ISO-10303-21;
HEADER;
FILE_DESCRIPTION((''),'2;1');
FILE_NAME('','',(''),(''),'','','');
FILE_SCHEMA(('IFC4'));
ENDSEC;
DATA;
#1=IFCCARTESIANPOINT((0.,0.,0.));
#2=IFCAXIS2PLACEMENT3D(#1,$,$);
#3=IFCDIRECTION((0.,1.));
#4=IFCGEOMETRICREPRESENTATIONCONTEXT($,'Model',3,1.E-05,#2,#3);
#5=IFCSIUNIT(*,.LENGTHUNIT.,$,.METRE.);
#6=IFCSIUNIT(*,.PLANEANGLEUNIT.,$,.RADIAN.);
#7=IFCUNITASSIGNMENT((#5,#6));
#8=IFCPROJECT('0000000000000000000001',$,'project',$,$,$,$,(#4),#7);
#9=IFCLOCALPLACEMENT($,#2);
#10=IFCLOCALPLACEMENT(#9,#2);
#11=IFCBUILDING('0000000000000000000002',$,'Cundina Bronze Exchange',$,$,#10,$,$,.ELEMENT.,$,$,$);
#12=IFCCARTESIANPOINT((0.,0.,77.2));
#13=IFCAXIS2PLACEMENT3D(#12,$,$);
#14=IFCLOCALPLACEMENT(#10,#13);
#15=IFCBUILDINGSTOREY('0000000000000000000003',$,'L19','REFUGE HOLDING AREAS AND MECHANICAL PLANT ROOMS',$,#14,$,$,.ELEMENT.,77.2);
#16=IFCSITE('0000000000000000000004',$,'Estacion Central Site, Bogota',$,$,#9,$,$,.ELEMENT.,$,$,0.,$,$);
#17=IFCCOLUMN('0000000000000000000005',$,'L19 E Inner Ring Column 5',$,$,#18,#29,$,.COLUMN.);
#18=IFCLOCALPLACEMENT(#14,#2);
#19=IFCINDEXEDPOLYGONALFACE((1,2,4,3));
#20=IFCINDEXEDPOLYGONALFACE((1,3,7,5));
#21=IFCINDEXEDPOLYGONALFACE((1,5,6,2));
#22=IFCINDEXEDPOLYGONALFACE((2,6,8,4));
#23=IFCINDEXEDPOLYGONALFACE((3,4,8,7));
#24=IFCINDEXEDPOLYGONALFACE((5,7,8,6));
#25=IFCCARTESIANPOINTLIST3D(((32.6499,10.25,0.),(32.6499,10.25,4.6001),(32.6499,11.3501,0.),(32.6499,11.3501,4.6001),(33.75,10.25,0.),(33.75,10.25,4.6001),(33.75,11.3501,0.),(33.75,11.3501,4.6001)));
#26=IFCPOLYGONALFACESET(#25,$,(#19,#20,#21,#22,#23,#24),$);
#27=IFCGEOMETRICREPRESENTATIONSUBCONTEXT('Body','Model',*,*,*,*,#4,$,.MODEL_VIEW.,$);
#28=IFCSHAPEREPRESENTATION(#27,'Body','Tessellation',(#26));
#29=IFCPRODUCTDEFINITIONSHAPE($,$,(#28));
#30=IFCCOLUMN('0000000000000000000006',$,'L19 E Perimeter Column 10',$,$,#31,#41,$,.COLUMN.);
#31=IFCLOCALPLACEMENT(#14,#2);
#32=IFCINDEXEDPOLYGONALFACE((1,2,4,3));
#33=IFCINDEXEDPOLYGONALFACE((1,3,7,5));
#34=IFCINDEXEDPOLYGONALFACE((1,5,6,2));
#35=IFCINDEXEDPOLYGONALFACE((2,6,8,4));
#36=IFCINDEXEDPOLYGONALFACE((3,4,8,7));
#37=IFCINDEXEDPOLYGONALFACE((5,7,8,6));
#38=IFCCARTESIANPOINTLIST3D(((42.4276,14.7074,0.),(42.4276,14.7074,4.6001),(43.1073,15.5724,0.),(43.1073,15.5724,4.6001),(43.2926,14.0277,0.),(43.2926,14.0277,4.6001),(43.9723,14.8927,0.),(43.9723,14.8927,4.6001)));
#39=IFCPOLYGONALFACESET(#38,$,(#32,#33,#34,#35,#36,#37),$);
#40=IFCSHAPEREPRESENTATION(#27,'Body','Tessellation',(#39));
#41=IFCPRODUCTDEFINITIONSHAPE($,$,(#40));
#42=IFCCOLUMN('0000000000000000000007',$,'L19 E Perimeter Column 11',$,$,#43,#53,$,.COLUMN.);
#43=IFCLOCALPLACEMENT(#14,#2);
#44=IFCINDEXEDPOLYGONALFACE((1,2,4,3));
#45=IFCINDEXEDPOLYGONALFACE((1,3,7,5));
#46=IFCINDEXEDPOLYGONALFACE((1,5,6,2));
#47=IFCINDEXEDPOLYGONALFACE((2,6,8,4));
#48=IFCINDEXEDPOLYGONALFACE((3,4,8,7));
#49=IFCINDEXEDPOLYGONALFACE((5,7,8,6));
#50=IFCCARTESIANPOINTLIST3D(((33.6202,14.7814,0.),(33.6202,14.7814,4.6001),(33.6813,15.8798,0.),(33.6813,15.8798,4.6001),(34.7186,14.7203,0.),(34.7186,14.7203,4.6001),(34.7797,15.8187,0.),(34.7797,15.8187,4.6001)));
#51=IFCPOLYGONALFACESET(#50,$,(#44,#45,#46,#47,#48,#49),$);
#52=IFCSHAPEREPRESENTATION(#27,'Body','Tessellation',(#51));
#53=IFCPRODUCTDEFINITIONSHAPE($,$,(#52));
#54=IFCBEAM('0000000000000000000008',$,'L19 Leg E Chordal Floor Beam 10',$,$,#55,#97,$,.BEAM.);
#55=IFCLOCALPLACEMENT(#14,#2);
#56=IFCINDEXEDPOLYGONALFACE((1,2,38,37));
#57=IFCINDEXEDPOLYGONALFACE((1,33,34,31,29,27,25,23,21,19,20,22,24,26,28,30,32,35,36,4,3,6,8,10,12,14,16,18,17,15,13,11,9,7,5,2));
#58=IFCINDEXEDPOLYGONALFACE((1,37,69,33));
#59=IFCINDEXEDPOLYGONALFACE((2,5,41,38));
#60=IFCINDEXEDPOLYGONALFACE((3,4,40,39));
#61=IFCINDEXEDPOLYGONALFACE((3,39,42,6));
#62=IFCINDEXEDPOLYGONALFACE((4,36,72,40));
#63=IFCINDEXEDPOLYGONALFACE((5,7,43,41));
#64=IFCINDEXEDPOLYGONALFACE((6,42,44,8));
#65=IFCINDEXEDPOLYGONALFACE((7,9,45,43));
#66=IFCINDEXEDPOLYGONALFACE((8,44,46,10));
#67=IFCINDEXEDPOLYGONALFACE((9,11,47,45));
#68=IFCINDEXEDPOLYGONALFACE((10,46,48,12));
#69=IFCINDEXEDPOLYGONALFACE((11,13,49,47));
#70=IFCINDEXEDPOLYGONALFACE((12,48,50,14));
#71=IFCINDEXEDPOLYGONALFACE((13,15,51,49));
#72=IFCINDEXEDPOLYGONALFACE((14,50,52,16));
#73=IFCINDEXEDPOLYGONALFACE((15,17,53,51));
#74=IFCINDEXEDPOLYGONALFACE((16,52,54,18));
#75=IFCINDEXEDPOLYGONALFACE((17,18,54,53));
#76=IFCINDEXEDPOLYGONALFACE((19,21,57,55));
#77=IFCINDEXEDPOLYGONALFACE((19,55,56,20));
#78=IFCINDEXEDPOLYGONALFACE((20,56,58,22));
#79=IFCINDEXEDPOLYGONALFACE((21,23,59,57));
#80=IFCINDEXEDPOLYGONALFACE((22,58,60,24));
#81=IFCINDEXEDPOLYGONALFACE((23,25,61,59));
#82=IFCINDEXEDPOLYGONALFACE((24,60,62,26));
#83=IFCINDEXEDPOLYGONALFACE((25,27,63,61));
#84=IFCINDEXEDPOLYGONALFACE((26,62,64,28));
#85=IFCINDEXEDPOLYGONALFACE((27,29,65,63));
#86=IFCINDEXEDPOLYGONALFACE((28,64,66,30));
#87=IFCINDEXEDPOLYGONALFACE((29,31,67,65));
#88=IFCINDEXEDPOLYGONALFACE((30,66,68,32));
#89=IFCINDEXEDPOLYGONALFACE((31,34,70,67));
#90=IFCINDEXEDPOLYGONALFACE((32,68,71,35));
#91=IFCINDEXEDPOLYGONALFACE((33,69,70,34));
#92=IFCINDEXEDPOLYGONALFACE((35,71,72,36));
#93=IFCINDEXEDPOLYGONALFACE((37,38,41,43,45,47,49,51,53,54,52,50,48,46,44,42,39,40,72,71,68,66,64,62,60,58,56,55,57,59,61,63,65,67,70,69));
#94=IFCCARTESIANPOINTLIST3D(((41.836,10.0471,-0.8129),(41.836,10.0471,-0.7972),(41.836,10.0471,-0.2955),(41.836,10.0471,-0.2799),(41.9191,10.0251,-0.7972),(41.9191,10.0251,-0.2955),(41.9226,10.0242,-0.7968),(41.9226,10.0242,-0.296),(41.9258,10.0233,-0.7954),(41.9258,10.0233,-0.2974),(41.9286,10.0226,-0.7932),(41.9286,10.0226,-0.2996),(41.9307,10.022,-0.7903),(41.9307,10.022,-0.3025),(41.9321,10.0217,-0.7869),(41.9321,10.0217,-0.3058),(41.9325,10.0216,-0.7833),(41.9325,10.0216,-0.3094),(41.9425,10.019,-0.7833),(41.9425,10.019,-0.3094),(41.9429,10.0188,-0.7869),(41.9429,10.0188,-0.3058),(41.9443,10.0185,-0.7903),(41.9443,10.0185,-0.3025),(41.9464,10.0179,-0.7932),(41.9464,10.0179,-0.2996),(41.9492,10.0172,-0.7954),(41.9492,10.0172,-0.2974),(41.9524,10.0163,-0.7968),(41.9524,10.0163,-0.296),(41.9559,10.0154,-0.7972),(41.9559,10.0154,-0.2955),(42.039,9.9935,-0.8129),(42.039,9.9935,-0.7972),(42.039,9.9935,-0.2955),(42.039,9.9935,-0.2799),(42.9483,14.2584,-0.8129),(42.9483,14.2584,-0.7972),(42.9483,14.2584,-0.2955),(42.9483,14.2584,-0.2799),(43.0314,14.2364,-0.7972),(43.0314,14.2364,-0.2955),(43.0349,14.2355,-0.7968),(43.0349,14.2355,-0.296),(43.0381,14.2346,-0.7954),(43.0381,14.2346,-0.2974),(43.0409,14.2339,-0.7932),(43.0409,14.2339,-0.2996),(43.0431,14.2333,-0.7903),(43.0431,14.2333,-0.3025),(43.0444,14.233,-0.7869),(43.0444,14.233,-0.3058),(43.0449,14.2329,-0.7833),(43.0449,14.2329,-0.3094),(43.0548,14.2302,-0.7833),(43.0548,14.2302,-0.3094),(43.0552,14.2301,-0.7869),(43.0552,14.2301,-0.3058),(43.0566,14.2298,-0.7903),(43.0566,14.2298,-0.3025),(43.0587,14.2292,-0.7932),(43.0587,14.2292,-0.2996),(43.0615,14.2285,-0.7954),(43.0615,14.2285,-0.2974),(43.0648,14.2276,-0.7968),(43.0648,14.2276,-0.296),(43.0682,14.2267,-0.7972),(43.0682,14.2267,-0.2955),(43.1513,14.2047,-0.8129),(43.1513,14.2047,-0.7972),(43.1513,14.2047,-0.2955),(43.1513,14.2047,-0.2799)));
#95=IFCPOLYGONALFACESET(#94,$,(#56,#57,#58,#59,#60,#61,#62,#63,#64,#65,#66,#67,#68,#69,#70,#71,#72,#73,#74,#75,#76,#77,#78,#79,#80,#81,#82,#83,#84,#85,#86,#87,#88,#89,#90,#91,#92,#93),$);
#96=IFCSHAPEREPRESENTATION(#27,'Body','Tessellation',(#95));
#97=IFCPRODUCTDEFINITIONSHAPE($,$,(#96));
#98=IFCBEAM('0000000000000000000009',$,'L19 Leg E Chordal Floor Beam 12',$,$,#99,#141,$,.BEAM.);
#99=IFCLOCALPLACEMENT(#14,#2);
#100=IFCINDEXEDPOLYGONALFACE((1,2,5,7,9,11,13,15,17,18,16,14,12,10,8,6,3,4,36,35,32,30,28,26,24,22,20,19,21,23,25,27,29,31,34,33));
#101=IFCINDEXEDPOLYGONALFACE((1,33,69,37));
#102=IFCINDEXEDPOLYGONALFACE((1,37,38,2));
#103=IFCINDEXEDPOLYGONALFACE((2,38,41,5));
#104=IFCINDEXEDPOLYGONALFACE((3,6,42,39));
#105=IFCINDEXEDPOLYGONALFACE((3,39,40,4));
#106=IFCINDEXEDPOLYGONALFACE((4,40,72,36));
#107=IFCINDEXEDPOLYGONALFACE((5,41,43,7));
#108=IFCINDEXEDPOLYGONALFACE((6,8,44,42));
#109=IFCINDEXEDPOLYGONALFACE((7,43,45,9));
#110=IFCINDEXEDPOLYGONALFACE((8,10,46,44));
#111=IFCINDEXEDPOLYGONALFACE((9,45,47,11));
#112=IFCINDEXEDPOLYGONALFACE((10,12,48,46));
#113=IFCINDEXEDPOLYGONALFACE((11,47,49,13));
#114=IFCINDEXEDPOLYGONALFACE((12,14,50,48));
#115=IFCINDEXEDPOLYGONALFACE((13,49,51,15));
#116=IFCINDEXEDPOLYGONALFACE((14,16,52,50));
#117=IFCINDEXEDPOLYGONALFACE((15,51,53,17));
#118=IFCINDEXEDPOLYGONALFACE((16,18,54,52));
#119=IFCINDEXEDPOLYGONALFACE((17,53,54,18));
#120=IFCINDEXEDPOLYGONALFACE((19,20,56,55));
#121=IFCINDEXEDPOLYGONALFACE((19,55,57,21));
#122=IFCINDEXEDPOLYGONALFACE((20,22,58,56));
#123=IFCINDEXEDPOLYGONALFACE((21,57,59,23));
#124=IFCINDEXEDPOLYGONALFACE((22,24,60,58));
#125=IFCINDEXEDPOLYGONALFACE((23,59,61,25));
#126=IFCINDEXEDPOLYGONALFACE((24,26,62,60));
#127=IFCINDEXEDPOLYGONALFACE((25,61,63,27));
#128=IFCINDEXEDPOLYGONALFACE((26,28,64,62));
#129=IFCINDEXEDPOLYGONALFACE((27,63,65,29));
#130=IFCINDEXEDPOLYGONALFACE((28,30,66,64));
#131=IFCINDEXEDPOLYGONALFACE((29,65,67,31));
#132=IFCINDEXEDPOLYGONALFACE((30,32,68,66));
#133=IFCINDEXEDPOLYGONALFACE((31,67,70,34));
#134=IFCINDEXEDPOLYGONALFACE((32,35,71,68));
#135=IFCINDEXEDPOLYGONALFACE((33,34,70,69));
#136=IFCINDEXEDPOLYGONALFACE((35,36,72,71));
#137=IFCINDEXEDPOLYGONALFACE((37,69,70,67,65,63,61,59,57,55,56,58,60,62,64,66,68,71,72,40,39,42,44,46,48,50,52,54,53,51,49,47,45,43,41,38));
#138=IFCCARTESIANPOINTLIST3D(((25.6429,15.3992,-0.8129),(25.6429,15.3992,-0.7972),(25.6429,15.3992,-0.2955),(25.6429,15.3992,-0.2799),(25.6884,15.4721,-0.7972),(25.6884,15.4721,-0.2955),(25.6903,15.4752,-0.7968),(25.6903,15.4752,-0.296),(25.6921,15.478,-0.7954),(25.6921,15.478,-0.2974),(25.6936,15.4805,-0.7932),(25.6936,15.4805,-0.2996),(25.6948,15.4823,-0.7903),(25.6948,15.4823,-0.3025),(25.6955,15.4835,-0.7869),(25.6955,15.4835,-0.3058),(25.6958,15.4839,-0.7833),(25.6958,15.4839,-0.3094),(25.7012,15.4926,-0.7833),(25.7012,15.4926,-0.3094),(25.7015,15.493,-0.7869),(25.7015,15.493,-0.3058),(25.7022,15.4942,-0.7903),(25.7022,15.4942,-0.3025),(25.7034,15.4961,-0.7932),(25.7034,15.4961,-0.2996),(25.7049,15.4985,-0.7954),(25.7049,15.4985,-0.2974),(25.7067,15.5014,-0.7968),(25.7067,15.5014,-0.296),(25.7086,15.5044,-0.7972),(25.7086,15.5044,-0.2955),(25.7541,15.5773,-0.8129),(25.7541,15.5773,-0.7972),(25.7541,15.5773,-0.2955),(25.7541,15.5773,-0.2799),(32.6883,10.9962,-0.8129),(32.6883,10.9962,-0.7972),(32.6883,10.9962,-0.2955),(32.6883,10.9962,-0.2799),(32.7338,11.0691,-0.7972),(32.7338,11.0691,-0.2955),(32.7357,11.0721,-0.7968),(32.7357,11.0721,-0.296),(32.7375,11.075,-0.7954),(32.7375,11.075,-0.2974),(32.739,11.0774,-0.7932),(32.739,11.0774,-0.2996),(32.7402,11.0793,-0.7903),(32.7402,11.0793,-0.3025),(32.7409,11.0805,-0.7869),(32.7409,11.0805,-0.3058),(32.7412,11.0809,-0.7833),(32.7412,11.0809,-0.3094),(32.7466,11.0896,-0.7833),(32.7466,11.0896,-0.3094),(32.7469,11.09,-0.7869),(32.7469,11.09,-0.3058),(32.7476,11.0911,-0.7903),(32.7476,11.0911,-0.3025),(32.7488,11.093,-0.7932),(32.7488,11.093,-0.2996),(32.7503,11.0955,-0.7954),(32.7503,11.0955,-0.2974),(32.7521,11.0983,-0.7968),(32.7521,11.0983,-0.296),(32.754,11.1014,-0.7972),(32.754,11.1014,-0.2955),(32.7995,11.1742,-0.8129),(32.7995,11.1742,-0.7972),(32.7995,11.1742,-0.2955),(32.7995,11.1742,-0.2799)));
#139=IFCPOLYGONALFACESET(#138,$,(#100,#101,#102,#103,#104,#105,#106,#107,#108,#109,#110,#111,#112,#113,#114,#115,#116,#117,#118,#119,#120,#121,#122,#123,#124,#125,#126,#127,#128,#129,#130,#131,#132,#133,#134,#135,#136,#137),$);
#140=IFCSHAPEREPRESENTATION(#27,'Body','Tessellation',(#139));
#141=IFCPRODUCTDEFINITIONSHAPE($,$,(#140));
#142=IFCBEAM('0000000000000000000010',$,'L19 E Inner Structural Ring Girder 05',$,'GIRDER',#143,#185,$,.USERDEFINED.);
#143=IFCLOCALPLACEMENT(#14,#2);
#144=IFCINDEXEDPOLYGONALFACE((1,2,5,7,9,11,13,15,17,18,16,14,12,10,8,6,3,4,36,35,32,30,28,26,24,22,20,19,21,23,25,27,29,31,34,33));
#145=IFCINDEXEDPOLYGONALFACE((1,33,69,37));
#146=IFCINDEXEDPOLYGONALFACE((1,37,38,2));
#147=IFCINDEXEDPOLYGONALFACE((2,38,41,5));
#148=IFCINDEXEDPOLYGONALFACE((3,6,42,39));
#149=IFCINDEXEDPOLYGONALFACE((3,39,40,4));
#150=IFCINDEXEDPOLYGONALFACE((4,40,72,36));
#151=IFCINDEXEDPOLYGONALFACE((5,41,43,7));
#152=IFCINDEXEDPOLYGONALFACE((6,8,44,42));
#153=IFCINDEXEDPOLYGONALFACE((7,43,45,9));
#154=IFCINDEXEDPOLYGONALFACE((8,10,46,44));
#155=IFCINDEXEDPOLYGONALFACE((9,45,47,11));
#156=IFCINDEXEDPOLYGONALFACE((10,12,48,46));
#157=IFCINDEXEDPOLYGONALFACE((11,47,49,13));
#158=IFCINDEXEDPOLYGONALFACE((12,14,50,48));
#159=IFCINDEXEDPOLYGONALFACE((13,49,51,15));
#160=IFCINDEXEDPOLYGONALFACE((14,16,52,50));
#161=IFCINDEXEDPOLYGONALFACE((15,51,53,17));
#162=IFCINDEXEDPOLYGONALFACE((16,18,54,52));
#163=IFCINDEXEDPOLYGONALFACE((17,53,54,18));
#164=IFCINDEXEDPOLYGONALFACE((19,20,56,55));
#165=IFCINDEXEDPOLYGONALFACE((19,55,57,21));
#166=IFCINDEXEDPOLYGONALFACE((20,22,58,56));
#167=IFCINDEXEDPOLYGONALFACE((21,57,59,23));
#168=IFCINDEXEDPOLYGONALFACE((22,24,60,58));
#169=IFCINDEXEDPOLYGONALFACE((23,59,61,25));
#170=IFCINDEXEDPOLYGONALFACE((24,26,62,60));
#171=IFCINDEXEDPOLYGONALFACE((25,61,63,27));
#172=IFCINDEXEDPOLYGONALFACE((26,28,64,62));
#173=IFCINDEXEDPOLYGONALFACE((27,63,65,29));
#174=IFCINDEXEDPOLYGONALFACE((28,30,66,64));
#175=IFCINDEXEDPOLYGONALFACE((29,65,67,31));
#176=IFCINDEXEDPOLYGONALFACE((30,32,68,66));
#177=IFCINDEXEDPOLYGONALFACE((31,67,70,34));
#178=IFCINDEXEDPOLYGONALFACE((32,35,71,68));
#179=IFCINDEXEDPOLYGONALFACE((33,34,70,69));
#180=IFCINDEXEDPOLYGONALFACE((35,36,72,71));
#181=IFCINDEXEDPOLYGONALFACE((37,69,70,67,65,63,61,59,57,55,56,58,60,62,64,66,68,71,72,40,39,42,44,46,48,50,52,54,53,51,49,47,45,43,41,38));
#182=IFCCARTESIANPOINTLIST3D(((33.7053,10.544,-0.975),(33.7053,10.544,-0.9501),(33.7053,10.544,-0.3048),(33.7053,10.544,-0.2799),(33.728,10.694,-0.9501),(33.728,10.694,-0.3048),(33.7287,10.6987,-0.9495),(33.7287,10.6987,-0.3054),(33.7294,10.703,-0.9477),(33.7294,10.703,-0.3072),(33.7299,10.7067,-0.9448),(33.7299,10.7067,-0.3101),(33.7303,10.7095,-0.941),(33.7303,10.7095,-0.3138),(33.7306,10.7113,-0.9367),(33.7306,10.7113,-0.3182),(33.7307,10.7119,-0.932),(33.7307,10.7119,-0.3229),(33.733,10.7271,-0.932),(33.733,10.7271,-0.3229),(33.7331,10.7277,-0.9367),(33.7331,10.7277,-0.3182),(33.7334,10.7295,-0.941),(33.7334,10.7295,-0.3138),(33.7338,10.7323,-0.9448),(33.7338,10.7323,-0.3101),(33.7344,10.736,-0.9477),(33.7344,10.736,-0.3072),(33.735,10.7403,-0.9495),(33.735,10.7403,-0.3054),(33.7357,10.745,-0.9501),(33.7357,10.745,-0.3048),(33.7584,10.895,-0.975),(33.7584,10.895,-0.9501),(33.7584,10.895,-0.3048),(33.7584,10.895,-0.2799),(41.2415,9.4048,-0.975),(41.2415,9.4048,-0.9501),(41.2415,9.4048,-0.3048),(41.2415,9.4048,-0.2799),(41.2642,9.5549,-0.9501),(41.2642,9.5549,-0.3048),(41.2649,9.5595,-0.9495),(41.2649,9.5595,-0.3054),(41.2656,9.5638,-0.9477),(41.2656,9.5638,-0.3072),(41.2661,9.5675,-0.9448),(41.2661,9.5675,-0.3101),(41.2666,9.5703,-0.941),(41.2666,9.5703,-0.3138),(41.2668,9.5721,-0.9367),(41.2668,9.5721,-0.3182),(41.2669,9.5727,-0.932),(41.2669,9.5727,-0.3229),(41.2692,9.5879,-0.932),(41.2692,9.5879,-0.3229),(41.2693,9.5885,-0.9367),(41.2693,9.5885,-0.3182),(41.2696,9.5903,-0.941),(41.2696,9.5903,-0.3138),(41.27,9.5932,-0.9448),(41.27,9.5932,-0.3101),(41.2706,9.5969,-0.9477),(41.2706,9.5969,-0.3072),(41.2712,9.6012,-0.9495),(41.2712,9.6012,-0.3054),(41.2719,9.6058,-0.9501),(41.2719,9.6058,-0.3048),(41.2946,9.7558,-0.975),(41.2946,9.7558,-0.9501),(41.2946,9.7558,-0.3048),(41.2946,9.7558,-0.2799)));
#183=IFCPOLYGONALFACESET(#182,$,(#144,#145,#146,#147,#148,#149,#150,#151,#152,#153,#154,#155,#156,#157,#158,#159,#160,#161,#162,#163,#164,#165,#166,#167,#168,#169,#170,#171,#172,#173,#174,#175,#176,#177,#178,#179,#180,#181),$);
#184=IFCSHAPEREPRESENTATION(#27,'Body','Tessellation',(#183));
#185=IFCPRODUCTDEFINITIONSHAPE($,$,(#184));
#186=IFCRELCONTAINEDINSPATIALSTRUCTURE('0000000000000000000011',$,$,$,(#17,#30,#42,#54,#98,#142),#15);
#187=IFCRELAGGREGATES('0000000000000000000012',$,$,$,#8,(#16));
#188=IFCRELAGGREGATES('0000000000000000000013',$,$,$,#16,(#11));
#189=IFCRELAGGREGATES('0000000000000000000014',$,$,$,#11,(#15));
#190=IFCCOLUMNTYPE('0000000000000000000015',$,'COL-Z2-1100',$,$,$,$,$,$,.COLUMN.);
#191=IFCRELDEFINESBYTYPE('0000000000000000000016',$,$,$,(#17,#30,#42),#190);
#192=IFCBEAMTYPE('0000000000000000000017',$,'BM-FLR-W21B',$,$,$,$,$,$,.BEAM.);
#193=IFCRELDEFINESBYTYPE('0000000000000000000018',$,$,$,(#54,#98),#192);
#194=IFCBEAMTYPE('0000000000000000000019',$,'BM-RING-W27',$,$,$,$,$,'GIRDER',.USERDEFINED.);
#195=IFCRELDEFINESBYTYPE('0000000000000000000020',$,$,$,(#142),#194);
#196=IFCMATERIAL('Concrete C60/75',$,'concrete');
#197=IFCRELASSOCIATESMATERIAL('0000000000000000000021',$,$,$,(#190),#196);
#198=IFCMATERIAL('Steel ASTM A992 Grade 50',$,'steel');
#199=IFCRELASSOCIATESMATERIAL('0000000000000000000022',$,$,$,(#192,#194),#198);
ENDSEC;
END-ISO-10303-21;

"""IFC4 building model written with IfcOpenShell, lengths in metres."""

from ifc_helpers import new_model, si_unit, direction, frame, origin, origin_2d, place, context, subcontext, project, spatial, rectangle, i_section, extrude, material, material_profile, profile_set, type_object, element, save


model = new_model("IFC4")

# Units and contexts
model_context = context("Model", 3, precision=1e-05, world=origin(), true_north=direction((0.0, 1.0)))
body_context = subcontext(model_context, "Body", "Model", "MODEL_VIEW")
ifc_project = project(units=[si_unit("LENGTHUNIT", "METRE"), si_unit("PLANEANGLEUNIT", "RADIAN")], contexts=[model_context])

# Site, building, storey
site_placement = place(None, origin())
site = spatial("IfcSite", under=ifc_project, at=site_placement, Name="Estacion Central Site, Bogota", CompositionType="ELEMENT", RefElevation=0.0)
building_placement = place(site_placement, origin())
building = spatial("IfcBuilding", under=site, at=building_placement, Name="Cundina Bronze Exchange", CompositionType="ELEMENT")
storey_placement = place(building_placement, frame((0.0, 0.0, 77.2)))
storey = spatial("IfcBuildingStorey", under=building, at=storey_placement, Name="L19", Description="REFUGE HOLDING AREAS AND MECHANICAL PLANT ROOMS", CompositionType="ELEMENT", Elevation=77.2)

# Columns
ifc_material_1 = material(Name="Concrete C60/75", Category="concrete")
ifc_material_profile_1 = material_profile(ifc_material_1, rectangle(XDim=1.1001, YDim=1.1001, at=origin_2d()), Name="RC1100X1100", Category="concrete")
ifc_profile_set_1 = profile_set([ifc_material_profile_1], Name="Concrete C60/75")
column_type = type_object("IfcColumnType", Name="COL-Z2-1100", PredefinedType="COLUMN", material=ifc_profile_set_1)
for number, where, z_axis, x_axis, name in (
    (1, (33.2, 10.8, 0.0), (0.0, 0.0, 1.0), (1.0, 0.0, 0.0), "L19 E Inner Ring Column 5"),
    (2, (43.2, 14.8, 0.0), (0.0, 0.0, 1.0), (-0.786288, 0.61786, 0.0), "L19 E Perimeter Column 10"),
    (3, (34.2, 15.3, 0.0), (0.0, 0.0, 1.0), (-0.99846, 0.055473, 0.0), "L19 E Perimeter Column 11"),
):
    element("IfcColumn", number, at=place(storey_placement, frame(where, z_axis=z_axis, x_axis=x_axis)), inside=storey, type_object=column_type, Name=name, PredefinedType="COLUMN", context=body_context, shape_type="SweptSolid", body=[
        extrude(rectangle(XDim=1.1001, YDim=1.1001, at=origin_2d()), origin(), (0.0, 0.0, 1.0), 4.6001),
    ])

# Beams
ifc_material_2 = material(Name="Steel ASTM A992 Grade 50", Category="steel")
ifc_material_profile_2 = material_profile(ifc_material_2, i_section(OverallWidth=0.21, OverallDepth=0.533, WebThickness=0.0103, FlangeThickness=0.0156, FilletRadius=0.0139, at=origin_2d()), Name="W21X62", Category="steel")
ifc_profile_set_2 = profile_set([ifc_material_profile_2], Name="Steel ASTM A992 Grade 50")
beam_type_1 = type_object("IfcBeamType", Name="BM-FLR-W21B", PredefinedType="BEAM", material=ifc_profile_set_2)
beam_1_placement = place(storey_placement, frame((41.9375, 10.0203, -0.5464), z_axis=(0.255373, 0.966843, 0.0), x_axis=(-0.966843, 0.255373, 0.0)))
element("IfcBeam", 4, at=beam_1_placement, inside=storey, type_object=beam_type_1, Name="L19 Leg E Chordal Floor Beam 10", PredefinedType="BEAM", context=body_context, shape_type="SweptSolid", body=[
    extrude(i_section(OverallWidth=0.21, OverallDepth=0.533, WebThickness=0.0103, FlangeThickness=0.0156, FilletRadius=0.0139, at=origin_2d()), origin(), (0.0, 0.0, 1.0), 4.3557),
])
beam_2_placement = place(storey_placement, frame((32.7439, 11.0852, -0.5464), z_axis=(-0.848015, 0.529973, 0.0), x_axis=(-0.529973, -0.848015, 0.0)))
element("IfcBeam", 5, at=beam_2_placement, inside=storey, type_object=beam_type_1, Name="L19 Leg E Chordal Floor Beam 12", PredefinedType="BEAM", context=body_context, shape_type="SweptSolid", body=[
    extrude(i_section(OverallWidth=0.21, OverallDepth=0.533, WebThickness=0.0103, FlangeThickness=0.0156, FilletRadius=0.0139, at=origin_2d()), origin(), (0.0, 0.0, 1.0), 8.3081),
])
ifc_material_profile_3 = material_profile(ifc_material_2, i_section(OverallWidth=0.355, OverallDepth=0.6951, WebThickness=0.0154, FlangeThickness=0.0249, FilletRadius=0.0181, at=origin_2d()), Name="W27X146", Category="steel")
ifc_profile_set_3 = profile_set([ifc_material_profile_3], Name="Steel ASTM A992 Grade 50")
beam_type_2 = type_object("IfcBeamType", Name="BM-RING-W27", ElementType="GIRDER", PredefinedType="USERDEFINED", material=ifc_profile_set_3)
beam_3_placement = place(storey_placement, frame((41.2681, 9.5803, -0.6274), z_axis=(-0.988767, 0.149462, 0.0), x_axis=(-0.149462, -0.988767, 0.0)))
element("IfcBeam", 6, at=beam_3_placement, inside=storey, type_object=beam_type_2, Name="L19 E Inner Structural Ring Girder 05", ObjectType="GIRDER", PredefinedType="USERDEFINED", context=body_context, shape_type="SweptSolid", body=[
    extrude(i_section(OverallWidth=0.355, OverallDepth=0.6951, WebThickness=0.0154, FlangeThickness=0.0249, FilletRadius=0.0181, at=origin_2d()), origin(), (0.0, 0.0, 1.0), 7.6218),
])

save(model, "model.ifc")
